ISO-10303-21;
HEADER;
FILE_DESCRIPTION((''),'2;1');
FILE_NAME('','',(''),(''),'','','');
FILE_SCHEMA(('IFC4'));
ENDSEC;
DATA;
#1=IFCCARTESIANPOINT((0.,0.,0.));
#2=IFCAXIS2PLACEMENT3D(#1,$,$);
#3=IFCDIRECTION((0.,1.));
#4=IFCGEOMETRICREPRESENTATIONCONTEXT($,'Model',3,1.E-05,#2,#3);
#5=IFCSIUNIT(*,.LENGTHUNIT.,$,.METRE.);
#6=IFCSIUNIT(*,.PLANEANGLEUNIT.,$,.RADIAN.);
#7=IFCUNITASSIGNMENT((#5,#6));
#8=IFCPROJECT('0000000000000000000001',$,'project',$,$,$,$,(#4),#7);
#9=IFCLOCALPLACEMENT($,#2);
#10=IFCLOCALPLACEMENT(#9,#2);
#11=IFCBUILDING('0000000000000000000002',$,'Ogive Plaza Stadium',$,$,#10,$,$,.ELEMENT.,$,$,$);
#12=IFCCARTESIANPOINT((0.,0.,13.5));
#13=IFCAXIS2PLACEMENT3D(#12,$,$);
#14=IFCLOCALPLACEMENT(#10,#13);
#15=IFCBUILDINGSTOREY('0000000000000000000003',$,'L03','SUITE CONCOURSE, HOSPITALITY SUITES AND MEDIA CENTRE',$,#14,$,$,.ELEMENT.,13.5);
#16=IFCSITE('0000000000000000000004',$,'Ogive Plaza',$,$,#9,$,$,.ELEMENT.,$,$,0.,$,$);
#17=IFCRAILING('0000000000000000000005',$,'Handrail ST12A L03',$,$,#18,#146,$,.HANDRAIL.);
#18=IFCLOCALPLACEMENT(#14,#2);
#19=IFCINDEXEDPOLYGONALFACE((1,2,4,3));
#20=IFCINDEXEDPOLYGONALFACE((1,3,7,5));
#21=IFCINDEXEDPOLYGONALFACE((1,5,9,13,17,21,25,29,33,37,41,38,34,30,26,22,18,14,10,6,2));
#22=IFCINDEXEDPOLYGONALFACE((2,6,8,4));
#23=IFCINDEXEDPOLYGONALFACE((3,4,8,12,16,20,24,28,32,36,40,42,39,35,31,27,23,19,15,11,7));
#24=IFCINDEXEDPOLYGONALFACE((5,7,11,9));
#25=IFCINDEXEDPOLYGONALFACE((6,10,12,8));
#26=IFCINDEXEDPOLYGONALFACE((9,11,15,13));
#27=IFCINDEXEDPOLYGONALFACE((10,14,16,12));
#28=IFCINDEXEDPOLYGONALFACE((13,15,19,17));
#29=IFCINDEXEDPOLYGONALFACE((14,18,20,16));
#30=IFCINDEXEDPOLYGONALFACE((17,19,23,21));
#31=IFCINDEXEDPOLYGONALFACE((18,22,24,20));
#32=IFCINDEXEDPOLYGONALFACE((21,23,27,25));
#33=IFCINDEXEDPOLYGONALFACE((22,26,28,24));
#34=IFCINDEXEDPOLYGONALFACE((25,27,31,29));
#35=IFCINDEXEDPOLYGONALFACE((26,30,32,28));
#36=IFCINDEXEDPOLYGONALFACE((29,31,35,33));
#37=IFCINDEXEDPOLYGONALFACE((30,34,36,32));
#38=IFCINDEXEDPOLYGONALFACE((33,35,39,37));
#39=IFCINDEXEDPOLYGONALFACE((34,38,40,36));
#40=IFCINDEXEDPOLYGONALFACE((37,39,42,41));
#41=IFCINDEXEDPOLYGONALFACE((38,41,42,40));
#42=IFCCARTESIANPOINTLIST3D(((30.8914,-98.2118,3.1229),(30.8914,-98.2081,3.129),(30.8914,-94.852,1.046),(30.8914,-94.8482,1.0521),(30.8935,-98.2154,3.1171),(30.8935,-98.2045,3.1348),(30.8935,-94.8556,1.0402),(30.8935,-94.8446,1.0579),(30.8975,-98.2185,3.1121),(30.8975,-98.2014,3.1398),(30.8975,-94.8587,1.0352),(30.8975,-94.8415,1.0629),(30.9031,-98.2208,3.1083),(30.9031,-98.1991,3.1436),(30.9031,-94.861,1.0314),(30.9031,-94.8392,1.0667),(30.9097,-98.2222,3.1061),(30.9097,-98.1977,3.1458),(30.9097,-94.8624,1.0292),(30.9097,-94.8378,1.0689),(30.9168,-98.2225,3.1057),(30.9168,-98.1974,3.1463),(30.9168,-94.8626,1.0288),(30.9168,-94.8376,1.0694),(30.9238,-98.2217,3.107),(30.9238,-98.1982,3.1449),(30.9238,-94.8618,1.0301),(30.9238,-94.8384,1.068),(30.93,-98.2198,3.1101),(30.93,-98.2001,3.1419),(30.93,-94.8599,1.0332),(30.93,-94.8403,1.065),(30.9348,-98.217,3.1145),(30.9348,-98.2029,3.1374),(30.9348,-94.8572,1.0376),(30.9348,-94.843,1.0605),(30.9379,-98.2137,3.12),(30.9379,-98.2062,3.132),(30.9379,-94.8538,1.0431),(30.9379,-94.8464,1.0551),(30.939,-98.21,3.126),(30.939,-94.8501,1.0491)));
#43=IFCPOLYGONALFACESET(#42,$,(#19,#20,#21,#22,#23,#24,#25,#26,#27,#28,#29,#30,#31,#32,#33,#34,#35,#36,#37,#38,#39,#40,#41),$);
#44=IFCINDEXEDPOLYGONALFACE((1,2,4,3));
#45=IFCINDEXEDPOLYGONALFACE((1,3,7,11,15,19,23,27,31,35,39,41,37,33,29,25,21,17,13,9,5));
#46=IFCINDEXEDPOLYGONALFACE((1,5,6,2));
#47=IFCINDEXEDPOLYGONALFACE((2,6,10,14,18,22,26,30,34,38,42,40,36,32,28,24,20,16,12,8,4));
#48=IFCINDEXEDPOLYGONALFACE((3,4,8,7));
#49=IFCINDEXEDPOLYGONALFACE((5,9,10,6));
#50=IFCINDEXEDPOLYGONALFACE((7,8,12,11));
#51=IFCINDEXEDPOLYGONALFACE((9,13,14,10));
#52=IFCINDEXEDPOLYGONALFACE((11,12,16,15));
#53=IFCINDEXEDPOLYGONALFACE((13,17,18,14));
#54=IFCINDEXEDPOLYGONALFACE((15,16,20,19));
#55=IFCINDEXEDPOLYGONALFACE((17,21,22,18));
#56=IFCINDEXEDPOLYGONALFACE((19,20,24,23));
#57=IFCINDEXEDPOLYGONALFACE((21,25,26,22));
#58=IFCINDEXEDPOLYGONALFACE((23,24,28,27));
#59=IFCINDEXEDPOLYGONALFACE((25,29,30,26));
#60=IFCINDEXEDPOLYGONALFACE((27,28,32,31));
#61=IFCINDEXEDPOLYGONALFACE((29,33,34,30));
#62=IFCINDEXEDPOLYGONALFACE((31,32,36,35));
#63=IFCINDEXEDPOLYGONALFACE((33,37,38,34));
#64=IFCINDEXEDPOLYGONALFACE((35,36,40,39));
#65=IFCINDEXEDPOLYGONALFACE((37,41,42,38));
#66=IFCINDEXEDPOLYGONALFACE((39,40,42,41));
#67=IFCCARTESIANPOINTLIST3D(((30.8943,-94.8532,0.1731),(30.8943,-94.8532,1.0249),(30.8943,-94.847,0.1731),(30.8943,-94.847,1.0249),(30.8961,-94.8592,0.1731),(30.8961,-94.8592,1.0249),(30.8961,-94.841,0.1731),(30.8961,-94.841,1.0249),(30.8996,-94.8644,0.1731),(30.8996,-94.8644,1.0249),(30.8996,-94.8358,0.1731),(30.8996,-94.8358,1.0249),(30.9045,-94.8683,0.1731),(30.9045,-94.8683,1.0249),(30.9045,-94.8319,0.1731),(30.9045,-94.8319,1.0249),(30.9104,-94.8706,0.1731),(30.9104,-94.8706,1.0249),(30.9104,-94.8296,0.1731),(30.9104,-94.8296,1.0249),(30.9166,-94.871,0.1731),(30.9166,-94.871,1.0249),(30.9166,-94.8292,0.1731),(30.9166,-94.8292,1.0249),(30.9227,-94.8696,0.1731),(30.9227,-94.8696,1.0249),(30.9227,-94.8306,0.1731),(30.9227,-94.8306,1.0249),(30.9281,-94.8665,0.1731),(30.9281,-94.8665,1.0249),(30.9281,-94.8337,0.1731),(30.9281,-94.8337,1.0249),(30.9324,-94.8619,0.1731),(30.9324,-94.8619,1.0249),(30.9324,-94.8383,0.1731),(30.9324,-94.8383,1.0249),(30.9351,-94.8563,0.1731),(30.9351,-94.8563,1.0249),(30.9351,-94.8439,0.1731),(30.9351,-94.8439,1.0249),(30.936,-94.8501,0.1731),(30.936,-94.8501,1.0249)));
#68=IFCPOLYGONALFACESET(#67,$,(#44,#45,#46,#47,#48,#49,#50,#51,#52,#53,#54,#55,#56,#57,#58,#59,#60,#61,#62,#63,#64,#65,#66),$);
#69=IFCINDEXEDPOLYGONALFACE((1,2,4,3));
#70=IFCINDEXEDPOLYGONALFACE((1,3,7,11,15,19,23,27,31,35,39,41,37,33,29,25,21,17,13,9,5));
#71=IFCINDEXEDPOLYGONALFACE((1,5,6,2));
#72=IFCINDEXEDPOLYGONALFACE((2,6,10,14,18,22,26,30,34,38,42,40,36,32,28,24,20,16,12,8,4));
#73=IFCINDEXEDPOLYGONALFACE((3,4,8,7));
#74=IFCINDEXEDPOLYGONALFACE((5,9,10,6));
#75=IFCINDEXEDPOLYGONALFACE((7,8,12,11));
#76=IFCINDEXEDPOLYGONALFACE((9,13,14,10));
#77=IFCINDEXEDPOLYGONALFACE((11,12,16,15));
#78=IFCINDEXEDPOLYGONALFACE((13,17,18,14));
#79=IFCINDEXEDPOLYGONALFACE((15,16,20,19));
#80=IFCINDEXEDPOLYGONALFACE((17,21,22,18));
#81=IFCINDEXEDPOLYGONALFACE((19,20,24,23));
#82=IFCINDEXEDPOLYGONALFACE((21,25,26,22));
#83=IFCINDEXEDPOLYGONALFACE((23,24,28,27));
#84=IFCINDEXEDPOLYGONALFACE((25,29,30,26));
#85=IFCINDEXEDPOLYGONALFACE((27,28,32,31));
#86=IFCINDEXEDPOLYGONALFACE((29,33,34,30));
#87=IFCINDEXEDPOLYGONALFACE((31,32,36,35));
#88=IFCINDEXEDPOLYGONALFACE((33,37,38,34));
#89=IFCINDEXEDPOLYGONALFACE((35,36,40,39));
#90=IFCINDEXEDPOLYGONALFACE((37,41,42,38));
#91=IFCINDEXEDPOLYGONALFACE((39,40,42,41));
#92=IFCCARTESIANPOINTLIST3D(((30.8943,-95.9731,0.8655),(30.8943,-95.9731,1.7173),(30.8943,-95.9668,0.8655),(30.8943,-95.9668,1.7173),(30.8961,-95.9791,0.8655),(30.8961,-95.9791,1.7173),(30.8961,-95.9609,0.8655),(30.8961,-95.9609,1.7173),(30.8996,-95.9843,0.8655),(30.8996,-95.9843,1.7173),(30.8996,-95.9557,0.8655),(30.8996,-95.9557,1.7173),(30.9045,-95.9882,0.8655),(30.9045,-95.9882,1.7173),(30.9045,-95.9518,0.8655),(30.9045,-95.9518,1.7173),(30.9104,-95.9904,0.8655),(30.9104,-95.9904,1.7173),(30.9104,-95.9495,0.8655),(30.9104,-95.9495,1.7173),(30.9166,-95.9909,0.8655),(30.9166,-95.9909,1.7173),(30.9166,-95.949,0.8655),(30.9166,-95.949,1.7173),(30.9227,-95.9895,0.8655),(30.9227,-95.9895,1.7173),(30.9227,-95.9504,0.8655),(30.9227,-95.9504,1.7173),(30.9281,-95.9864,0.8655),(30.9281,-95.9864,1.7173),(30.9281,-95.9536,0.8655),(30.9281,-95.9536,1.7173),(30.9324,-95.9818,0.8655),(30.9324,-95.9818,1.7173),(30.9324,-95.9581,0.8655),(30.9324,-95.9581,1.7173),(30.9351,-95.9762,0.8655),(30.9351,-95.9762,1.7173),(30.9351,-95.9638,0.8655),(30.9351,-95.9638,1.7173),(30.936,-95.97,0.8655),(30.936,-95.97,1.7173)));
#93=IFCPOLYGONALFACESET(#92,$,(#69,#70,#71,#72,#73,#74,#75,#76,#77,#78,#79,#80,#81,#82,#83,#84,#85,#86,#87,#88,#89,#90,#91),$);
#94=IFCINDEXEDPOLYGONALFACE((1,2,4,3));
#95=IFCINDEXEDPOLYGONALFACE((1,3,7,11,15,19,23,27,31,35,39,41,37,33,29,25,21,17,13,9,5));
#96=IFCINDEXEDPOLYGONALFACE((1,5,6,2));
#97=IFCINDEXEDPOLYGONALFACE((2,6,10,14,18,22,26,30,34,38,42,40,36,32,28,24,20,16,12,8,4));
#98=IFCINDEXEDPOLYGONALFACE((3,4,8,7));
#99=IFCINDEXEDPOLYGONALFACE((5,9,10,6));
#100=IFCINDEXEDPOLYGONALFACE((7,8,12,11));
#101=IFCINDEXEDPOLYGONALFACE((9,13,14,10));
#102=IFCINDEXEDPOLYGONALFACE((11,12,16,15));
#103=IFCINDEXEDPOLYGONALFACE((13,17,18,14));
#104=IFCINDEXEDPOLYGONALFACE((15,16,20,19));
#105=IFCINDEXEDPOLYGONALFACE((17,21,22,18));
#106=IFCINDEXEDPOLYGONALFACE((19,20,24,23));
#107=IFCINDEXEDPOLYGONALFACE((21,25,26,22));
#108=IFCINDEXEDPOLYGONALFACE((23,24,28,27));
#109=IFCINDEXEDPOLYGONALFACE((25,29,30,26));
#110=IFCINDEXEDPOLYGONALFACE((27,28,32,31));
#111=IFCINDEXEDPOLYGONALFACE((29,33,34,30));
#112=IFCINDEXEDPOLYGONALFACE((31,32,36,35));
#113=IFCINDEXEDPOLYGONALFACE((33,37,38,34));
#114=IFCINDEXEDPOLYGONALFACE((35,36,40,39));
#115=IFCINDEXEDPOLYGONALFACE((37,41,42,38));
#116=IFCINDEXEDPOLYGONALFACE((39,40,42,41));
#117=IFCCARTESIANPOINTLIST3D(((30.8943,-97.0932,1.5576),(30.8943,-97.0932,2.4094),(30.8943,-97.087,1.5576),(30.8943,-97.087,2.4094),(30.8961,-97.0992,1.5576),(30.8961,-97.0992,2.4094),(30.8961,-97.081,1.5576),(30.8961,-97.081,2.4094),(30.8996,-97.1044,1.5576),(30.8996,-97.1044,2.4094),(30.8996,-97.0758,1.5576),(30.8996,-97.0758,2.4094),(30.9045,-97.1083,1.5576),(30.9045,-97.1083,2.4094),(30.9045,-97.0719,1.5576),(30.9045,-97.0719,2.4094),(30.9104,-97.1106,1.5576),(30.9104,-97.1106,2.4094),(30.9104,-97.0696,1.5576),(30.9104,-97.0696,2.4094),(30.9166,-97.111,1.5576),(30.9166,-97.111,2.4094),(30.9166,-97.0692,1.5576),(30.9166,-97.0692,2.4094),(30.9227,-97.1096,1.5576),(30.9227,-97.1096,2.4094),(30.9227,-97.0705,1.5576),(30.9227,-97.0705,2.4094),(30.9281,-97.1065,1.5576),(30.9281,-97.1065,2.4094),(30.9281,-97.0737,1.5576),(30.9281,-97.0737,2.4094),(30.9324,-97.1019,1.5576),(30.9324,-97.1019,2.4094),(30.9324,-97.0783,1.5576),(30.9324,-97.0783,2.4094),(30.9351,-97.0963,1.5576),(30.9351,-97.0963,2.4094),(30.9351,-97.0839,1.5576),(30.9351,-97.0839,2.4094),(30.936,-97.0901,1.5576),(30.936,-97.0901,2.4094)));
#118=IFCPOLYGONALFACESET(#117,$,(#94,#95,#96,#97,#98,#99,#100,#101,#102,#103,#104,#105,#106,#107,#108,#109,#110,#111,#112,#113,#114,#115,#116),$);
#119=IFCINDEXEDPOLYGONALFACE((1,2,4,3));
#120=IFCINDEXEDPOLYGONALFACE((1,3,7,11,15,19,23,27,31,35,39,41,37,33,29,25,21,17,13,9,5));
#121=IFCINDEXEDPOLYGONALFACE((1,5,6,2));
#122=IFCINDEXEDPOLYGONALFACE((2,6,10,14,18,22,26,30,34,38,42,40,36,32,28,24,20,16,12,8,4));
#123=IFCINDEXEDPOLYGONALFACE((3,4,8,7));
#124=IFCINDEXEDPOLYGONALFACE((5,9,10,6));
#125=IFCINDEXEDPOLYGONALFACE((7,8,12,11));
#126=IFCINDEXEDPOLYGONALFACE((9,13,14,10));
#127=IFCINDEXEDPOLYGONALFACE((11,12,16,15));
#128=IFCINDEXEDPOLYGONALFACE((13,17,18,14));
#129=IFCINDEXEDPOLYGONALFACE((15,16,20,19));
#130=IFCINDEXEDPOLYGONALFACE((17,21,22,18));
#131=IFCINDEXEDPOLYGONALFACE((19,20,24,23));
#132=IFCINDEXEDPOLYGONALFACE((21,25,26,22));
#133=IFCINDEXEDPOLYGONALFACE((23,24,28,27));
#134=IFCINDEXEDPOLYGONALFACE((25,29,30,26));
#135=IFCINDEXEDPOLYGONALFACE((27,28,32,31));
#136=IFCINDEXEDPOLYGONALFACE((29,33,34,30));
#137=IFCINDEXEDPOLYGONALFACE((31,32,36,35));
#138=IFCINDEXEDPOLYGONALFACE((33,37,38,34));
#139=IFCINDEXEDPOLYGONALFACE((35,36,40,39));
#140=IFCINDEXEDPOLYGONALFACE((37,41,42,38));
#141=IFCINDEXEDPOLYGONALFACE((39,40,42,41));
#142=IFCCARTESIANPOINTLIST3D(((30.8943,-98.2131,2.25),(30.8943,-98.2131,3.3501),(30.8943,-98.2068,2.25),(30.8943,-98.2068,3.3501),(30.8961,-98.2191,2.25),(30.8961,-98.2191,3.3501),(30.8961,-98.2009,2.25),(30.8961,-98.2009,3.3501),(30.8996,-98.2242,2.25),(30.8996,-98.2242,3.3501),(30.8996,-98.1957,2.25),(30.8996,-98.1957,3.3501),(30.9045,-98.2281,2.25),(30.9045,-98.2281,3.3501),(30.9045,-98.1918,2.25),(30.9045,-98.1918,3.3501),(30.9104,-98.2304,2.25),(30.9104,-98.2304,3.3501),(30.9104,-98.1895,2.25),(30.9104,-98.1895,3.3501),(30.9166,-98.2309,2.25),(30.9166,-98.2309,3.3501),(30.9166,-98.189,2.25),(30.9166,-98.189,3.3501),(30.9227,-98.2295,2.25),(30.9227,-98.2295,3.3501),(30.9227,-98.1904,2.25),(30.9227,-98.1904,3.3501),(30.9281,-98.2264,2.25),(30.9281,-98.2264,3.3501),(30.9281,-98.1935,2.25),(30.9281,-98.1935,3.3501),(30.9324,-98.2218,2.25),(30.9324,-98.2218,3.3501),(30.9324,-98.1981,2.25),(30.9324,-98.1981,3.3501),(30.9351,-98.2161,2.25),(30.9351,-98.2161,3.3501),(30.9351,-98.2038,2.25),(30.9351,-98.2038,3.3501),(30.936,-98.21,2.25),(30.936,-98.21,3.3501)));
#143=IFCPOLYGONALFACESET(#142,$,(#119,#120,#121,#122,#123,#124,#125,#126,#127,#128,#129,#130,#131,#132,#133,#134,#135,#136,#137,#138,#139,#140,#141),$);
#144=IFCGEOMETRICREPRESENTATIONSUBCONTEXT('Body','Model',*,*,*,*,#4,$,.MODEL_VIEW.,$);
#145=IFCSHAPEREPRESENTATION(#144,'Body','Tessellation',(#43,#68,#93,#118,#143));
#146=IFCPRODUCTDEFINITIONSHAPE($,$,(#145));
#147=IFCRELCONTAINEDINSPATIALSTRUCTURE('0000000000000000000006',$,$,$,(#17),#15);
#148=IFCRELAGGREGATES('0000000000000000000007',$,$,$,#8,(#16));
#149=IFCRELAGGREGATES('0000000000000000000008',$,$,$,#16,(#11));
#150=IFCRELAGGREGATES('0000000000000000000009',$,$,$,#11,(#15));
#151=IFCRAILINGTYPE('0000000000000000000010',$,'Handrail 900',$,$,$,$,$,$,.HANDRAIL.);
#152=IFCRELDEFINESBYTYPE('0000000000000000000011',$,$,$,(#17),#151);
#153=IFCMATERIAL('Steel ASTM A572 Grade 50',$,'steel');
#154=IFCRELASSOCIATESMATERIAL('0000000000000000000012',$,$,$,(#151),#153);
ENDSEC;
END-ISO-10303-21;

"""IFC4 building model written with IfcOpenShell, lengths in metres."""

from ifc_helpers import new_model, si_unit, direction, frame, origin, origin_2d, place, context, subcontext, project, spatial, circle, extrude, material, type_object, element, save


model = new_model("IFC4")

# Units and contexts
model_context = context("Model", 3, precision=1e-05, world=origin(), true_north=direction((0.0, 1.0)))
body_context = subcontext(model_context, "Body", "Model", "MODEL_VIEW")
ifc_project = project(units=[si_unit("LENGTHUNIT", "METRE"), si_unit("PLANEANGLEUNIT", "RADIAN")], contexts=[model_context])

# Site, building, storey
site_placement = place(None, origin())
site = spatial("IfcSite", under=ifc_project, at=site_placement, Name="Ogive Plaza", CompositionType="ELEMENT", RefElevation=0.0)
building_placement = place(site_placement, origin())
building = spatial("IfcBuilding", under=site, at=building_placement, Name="Ogive Plaza Stadium", CompositionType="ELEMENT")
storey_placement = place(building_placement, frame((0.0, 0.0, 13.5)))
storey = spatial("IfcBuildingStorey", under=building, at=storey_placement, Name="L03", Description="SUITE CONCOURSE, HOSPITALITY SUITES AND MEDIA CENTRE", CompositionType="ELEMENT", Elevation=13.5)

# Railing
ifc_material_1 = material(Name="Steel ASTM A572 Grade 50", Category="steel")
railing_type_1 = type_object("IfcRailingType", Name="Handrail 900", PredefinedType="HANDRAIL", material=ifc_material_1)
for number, where, name in (
    (1, (30.915, -94.8501, 0.1731), "Handrail ST12A L03"),
):
    element("IfcRailing", number, at=place(storey_placement, frame(where)), inside=storey, type_object=railing_type_1, Name=name, PredefinedType="HANDRAIL", context=body_context, shape_type="SweptSolid", body=[
        extrude(circle(Radius=0.0239, at=origin_2d()), frame((0.0, 0.0, 0.876), z_axis=(0.0, -0.850606, 0.525803), x_axis=(1.0, 0.0, 0.0)), (0.0, 0.0, 1.0), 3.95),
        extrude(circle(Radius=0.021, at=origin_2d()), origin(), (0.0, 0.0, 1.0), 0.8518),
        extrude(circle(Radius=0.021, at=origin_2d()), frame((0.0, -1.1199, 0.6924)), (0.0, 0.0, 1.0), 0.8518),
        extrude(circle(Radius=0.021, at=origin_2d()), frame((0.0, -2.24, 1.3845)), (0.0, 0.0, 1.0), 0.8518),
        extrude(circle(Radius=0.021, at=origin_2d()), frame((0.0, -3.3599, 2.0769)), (0.0, 0.0, 1.0), 1.1001),
    ])

save(model, "model.ifc")
